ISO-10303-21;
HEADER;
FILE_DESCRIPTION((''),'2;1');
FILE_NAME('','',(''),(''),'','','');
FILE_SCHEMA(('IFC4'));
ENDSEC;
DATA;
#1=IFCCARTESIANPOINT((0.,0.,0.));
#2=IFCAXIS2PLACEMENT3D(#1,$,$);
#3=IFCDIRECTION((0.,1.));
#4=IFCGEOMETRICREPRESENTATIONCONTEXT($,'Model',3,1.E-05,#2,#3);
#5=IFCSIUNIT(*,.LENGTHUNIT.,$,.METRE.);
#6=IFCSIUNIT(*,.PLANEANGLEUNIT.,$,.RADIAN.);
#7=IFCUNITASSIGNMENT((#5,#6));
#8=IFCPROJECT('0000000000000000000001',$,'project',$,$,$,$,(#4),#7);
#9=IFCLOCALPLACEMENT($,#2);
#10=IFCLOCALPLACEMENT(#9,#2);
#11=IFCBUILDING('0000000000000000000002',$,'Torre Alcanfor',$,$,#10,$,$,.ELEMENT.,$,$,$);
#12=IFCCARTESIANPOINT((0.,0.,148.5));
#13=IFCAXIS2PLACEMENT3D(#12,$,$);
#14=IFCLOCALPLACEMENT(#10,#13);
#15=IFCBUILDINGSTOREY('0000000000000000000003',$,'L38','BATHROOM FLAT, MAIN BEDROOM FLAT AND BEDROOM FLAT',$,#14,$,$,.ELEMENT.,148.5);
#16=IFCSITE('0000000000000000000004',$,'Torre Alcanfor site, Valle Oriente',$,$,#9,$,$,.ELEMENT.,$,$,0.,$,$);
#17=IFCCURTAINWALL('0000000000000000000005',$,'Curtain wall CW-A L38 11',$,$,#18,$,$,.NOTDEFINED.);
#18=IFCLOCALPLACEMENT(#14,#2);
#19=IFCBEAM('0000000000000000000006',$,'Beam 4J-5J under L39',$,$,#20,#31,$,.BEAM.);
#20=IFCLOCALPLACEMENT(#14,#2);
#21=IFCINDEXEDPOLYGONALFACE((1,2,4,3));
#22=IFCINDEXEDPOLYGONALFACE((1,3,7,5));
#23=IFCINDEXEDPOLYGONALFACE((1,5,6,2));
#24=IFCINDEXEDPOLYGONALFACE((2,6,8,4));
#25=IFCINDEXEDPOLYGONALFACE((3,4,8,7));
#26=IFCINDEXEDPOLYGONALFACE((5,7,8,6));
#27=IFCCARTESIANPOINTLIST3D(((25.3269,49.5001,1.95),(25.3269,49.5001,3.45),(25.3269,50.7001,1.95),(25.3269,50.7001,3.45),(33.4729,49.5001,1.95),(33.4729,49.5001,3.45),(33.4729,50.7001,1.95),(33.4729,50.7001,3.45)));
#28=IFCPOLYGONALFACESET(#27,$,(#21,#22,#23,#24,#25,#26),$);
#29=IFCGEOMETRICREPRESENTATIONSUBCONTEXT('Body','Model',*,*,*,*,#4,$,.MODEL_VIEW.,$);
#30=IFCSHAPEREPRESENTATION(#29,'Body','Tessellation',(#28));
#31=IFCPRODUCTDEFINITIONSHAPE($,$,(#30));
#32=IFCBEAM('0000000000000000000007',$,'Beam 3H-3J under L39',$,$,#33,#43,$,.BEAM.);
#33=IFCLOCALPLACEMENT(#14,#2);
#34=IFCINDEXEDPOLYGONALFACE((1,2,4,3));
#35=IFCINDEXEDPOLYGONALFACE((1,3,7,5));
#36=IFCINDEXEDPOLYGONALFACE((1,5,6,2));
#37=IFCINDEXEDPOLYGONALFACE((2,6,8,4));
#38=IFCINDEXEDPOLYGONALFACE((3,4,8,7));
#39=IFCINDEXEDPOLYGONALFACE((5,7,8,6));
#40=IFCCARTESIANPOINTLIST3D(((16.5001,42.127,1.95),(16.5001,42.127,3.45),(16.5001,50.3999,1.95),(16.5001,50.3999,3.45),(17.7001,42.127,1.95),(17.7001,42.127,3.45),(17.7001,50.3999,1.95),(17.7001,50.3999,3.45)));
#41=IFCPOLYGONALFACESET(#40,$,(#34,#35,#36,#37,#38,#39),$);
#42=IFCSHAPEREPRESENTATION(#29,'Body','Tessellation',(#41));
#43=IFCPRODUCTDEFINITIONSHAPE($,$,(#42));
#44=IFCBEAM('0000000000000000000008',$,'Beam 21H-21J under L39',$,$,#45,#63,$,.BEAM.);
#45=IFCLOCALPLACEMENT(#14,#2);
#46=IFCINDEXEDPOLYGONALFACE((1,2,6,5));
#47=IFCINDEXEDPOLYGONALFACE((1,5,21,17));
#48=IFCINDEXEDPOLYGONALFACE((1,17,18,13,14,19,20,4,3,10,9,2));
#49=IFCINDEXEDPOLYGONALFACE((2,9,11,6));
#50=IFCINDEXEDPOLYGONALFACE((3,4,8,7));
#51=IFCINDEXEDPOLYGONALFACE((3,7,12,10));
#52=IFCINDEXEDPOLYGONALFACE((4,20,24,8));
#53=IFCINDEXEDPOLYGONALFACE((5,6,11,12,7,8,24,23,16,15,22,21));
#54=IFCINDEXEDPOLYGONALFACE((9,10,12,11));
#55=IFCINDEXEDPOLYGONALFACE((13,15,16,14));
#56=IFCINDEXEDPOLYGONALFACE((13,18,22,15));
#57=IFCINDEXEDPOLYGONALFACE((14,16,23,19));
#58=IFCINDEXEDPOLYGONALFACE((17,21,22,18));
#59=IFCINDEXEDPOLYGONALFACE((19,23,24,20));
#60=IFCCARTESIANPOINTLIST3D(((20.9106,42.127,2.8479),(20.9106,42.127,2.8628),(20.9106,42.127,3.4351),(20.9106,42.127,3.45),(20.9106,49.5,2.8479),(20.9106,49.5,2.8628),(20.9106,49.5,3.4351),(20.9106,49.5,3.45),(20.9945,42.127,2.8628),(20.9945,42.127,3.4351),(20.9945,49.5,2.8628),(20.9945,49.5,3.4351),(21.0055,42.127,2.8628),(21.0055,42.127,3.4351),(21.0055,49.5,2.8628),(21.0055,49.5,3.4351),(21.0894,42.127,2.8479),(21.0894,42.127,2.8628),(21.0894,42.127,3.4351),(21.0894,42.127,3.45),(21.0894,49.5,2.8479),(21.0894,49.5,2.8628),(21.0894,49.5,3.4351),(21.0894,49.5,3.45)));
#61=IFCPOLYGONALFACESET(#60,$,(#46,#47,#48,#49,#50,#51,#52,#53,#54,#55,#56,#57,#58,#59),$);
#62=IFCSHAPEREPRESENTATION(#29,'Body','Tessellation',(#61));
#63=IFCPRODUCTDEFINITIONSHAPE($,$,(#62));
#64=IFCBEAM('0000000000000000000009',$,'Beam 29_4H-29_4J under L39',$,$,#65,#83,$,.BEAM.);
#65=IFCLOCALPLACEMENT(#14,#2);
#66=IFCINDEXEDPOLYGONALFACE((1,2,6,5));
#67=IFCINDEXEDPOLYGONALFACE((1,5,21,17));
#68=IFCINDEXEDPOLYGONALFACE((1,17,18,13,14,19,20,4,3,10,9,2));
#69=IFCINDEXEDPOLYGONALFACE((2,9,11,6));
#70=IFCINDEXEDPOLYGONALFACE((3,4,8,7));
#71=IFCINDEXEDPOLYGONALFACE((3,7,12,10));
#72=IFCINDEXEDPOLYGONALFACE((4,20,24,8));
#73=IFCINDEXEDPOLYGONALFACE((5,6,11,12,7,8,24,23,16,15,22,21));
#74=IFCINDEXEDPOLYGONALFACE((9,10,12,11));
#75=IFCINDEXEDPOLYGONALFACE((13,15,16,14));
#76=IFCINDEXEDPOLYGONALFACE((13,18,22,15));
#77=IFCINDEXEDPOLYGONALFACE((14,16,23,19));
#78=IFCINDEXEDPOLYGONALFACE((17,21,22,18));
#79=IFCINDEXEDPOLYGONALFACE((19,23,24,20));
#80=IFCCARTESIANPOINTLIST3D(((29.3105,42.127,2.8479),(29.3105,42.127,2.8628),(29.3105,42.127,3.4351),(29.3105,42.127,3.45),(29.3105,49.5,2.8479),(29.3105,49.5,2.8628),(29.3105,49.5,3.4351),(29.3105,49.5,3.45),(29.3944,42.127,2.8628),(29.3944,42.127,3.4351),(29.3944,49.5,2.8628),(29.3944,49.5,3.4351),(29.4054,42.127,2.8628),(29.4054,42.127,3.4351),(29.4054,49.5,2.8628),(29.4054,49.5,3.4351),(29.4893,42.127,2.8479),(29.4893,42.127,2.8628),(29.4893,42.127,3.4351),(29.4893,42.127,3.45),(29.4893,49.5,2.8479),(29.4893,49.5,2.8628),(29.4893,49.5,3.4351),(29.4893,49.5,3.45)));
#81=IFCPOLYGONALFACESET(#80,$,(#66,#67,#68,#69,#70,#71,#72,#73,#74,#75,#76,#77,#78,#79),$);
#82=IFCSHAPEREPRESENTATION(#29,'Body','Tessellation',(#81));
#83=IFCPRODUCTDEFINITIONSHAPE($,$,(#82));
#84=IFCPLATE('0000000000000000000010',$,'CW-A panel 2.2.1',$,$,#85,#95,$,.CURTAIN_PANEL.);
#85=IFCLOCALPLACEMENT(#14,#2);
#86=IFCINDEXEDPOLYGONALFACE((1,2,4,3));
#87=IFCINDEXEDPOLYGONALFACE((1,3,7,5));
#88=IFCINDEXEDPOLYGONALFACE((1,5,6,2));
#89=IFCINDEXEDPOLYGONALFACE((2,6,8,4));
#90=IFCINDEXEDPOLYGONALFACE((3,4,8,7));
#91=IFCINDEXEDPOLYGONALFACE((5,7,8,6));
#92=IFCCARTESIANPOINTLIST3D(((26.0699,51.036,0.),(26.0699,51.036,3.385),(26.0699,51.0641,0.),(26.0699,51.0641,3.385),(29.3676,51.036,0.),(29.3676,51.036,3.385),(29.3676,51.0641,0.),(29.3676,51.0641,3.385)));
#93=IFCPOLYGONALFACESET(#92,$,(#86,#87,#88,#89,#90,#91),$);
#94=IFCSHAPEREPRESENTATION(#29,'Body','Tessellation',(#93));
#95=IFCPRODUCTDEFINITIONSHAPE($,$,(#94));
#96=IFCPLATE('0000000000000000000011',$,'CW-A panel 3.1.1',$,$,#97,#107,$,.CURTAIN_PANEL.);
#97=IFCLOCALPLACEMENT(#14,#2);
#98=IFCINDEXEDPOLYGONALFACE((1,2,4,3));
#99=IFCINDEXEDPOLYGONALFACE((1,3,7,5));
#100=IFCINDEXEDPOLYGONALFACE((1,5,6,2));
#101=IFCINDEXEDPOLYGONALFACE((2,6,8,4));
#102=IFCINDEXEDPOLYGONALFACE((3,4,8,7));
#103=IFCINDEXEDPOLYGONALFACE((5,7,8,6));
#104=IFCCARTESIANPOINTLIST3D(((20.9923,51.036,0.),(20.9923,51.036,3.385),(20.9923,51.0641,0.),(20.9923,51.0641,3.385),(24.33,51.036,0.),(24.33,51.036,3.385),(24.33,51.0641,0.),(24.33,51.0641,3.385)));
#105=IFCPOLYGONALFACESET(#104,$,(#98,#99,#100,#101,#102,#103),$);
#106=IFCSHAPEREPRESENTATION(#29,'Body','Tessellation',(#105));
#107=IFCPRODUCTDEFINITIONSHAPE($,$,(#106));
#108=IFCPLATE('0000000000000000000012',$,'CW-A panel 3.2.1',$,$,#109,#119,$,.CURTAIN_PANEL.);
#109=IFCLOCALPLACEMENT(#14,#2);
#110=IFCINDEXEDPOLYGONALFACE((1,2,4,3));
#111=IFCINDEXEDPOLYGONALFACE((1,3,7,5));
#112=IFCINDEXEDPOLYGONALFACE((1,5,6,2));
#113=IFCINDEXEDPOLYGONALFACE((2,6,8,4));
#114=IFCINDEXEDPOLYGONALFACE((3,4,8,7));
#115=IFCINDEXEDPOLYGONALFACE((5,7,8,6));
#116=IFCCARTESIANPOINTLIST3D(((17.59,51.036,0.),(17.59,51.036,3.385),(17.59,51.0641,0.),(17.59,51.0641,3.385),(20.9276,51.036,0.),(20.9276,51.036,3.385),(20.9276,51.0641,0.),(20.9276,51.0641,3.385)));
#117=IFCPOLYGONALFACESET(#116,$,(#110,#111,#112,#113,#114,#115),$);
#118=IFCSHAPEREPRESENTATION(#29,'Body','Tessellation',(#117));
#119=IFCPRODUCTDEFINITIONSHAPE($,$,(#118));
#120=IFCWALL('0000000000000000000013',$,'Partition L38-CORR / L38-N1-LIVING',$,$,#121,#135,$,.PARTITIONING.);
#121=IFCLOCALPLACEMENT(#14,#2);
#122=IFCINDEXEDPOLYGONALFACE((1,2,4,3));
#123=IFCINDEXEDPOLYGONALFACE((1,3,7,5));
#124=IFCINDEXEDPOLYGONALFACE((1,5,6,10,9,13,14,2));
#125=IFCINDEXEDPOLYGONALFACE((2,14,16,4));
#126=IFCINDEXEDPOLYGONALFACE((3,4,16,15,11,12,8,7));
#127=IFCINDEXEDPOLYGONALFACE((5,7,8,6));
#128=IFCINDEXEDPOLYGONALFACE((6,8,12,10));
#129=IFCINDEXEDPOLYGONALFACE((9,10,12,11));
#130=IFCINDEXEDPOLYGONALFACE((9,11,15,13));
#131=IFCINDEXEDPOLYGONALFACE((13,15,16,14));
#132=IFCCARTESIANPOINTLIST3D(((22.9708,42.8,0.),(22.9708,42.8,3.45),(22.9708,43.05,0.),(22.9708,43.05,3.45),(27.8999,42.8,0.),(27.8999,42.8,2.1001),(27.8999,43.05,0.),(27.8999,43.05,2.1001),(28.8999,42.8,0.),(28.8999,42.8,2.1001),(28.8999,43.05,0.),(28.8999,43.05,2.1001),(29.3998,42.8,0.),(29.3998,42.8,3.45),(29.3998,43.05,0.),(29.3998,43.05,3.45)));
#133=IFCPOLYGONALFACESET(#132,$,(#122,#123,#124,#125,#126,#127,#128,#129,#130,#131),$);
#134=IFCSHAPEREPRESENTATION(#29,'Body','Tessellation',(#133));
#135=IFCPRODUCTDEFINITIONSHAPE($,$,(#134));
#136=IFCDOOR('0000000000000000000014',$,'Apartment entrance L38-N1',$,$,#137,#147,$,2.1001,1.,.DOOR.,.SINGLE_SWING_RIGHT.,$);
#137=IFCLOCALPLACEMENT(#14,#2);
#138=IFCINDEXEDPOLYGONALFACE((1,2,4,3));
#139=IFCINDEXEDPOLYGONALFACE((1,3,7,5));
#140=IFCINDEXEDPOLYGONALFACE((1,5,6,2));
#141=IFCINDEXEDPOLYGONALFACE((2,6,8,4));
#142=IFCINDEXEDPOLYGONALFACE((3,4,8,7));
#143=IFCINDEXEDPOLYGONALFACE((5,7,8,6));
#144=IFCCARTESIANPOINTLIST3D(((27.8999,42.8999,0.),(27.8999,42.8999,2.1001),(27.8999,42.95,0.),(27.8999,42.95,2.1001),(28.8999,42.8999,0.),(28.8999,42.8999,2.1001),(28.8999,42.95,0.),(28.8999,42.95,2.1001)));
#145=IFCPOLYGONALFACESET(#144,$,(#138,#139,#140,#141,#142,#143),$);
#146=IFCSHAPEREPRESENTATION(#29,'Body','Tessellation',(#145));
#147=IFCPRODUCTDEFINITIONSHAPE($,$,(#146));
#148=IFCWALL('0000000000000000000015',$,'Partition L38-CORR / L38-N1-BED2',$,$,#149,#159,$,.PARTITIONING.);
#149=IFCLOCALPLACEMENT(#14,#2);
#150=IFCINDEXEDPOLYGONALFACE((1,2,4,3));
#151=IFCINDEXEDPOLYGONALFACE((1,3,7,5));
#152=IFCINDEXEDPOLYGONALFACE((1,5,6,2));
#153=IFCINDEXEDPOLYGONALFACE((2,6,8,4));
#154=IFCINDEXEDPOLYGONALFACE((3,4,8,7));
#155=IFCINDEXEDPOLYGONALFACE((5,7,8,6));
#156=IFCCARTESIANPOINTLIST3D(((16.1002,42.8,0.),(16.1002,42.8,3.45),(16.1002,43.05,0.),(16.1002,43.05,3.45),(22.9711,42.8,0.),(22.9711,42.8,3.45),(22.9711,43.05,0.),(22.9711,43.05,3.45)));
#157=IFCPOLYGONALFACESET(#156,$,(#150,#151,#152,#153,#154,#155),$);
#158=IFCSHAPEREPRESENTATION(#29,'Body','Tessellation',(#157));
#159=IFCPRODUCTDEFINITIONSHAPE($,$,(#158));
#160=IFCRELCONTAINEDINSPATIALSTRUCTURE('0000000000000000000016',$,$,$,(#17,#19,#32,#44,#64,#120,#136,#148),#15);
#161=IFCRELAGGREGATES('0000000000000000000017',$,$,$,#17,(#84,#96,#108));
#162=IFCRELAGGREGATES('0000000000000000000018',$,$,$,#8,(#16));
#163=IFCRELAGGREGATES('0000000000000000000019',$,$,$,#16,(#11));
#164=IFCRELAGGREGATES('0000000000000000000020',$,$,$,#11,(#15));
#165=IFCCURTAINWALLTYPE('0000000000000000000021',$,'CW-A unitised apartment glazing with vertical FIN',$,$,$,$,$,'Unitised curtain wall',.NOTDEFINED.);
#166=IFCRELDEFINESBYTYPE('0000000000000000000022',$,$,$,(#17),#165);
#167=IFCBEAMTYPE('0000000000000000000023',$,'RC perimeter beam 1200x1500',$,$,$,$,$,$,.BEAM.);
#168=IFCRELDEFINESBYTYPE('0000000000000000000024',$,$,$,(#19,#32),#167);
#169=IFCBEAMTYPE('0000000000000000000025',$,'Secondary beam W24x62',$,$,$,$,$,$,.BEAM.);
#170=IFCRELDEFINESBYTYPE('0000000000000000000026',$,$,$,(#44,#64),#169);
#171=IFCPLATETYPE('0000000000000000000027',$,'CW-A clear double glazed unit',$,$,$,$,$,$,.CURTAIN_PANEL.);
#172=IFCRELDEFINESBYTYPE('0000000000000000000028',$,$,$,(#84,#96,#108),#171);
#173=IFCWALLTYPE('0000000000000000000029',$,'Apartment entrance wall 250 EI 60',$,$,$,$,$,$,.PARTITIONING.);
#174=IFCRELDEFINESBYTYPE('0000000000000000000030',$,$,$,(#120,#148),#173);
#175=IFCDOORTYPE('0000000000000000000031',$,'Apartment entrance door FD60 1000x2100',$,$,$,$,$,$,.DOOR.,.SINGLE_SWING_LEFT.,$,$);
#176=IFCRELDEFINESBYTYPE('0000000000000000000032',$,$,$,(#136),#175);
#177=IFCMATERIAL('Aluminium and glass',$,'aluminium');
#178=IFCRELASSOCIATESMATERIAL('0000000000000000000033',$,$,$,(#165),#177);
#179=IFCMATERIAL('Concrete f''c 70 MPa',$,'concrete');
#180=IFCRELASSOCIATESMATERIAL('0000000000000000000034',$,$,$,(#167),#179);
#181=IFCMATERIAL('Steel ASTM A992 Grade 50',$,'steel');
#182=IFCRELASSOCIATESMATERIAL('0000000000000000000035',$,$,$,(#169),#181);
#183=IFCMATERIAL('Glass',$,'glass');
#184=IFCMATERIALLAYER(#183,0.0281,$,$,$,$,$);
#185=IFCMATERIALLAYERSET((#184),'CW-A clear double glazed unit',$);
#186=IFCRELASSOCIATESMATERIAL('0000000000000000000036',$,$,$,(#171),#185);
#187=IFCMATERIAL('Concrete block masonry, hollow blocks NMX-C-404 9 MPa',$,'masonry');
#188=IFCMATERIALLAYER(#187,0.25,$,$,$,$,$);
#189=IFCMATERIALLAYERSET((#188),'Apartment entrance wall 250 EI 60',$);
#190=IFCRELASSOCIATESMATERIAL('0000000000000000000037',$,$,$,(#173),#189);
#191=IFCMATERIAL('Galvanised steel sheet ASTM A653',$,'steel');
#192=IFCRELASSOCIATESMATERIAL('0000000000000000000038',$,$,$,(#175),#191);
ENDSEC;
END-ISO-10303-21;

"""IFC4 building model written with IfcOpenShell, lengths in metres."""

from ifc_helpers import new_model, si_unit, direction, frame, frame_2d, origin, origin_2d, place, context, subcontext, project, spatial, rectangle, i_section, extrude, material, layer, layer_set, material_profile, profile_set, type_object, element, fill, aggregate, save


model = new_model("IFC4")

# Units and contexts
model_context = context("Model", 3, precision=1e-05, world=origin(), true_north=direction((0.0, 1.0)))
body_context = subcontext(model_context, "Body", "Model", "MODEL_VIEW")
ifc_project = project(units=[si_unit("LENGTHUNIT", "METRE"), si_unit("PLANEANGLEUNIT", "RADIAN")], contexts=[model_context])

# Site, building, storey
site_placement = place(None, origin())
site = spatial("IfcSite", under=ifc_project, at=site_placement, Name="Torre Alcanfor site, Valle Oriente", CompositionType="ELEMENT", RefElevation=0.0)
building_placement = place(site_placement, origin())
building = spatial("IfcBuilding", under=site, at=building_placement, Name="Torre Alcanfor", CompositionType="ELEMENT")
storey_placement = place(building_placement, frame((0.0, 0.0, 148.5)))
storey = spatial("IfcBuildingStorey", under=building, at=storey_placement, Name="L38", Description="BATHROOM FLAT, MAIN BEDROOM FLAT AND BEDROOM FLAT", CompositionType="ELEMENT", Elevation=148.5)

# Curtain wall
ifc_material_1 = material(Name="Aluminium and glass", Category="aluminium")
curtain_wall_type = type_object("IfcCurtainWallType", Name="CW-A unitised apartment glazing with vertical FIN", ElementType="Unitised curtain wall", PredefinedType="NOTDEFINED", material=ifc_material_1)
curtain_wall_placement = place(storey_placement, origin())
curtain_wall = element("IfcCurtainWall", 1, at=curtain_wall_placement, inside=storey, type_object=curtain_wall_type, Name="Curtain wall CW-A L38 11", PredefinedType="NOTDEFINED")

# Beams
ifc_material_2 = material(Name="Concrete f'c 70 MPa", Category="concrete")
ifc_material_profile_1 = material_profile(ifc_material_2, rectangle(XDim=1.2, YDim=1.5, at=origin_2d()), Name="1200x1500")
ifc_profile_set_1 = profile_set([ifc_material_profile_1], Name="Concrete f'c 70 MPa")
beam_type_1 = type_object("IfcBeamType", Name="RC perimeter beam 1200x1500", PredefinedType="BEAM", material=ifc_profile_set_1)
beam_1_placement = place(storey_placement, frame((25.3269, 50.1001, 2.7), z_axis=(1.0, 0.0, 0.0), x_axis=(0.0, 1.0, 0.0)))
element("IfcBeam", 2, at=beam_1_placement, inside=storey, type_object=beam_type_1, Name="Beam 4J-5J under L39", PredefinedType="BEAM", context=body_context, shape_type="SweptSolid", body=[
    extrude(rectangle(XDim=1.2, YDim=1.5, at=origin_2d()), origin(), (0.0, 0.0, 1.0), 8.146),
])
beam_2_placement = place(storey_placement, frame((17.1001, 42.127, 2.7), z_axis=(0.0, 1.0, 0.0), x_axis=(-1.0, 0.0, 0.0)))
element("IfcBeam", 3, at=beam_2_placement, inside=storey, type_object=beam_type_1, Name="Beam 3H-3J under L39", PredefinedType="BEAM", context=body_context, shape_type="SweptSolid", body=[
    extrude(rectangle(XDim=1.2, YDim=1.5, at=origin_2d()), origin(), (0.0, 0.0, 1.0), 8.2729),
])
ifc_material_3 = material(Name="Steel ASTM A992 Grade 50", Category="steel")
ifc_material_profile_2 = material_profile(ifc_material_3, i_section(OverallWidth=0.1787, OverallDepth=0.6021, WebThickness=0.011, FlangeThickness=0.0149, at=origin_2d()), Name="W24x62")
ifc_profile_set_2 = profile_set([ifc_material_profile_2], Name="Steel ASTM A992 Grade 50")
beam_type_2 = type_object("IfcBeamType", Name="Secondary beam W24x62", PredefinedType="BEAM", material=ifc_profile_set_2)
for number, where, z_axis, x_axis, name in (
    (4, (21.0, 42.127, 3.1489), (0.0, 1.0, 0.0), (-1.0, 0.0, 0.0), "Beam 21H-21J under L39"),
    (5, (29.3999, 42.127, 3.1489), (0.0, 1.0, 0.0), (-1.0, 0.0, 0.0), "Beam 29_4H-29_4J under L39"),
):
    element("IfcBeam", number, at=place(storey_placement, frame(where, z_axis=z_axis, x_axis=x_axis)), inside=storey, type_object=beam_type_2, Name=name, PredefinedType="BEAM", context=body_context, shape_type="SweptSolid", body=[
        extrude(i_section(OverallWidth=0.1787, OverallDepth=0.6021, WebThickness=0.011, FlangeThickness=0.0149, at=origin_2d()), origin(), (0.0, 0.0, 1.0), 7.373),
    ])

# Plates
ifc_material_4 = material(Name="Glass", Category="glass")
ifc_layer_1 = layer(ifc_material_4, 0.0281)
ifc_layer_set_1 = layer_set([ifc_layer_1], Name="CW-A clear double glazed unit")
plate_type = type_object("IfcPlateType", Name="CW-A clear double glazed unit", PredefinedType="CURTAIN_PANEL", material=ifc_layer_set_1)
plate_1_placement = place(storey_placement, frame((27.7188, 51.05, 0.0), z_axis=(0.0, 0.0, 1.0), x_axis=(-1.0, 0.0, 0.0)))
plate_1 = element("IfcPlate", 6, at=plate_1_placement, type_object=plate_type, Name="CW-A panel 2.2.1", PredefinedType="CURTAIN_PANEL", context=body_context, shape_type="SweptSolid", body=[
    extrude(rectangle(XDim=3.2976, YDim=0.0281, at=origin_2d()), origin(), (0.0, 0.0, 1.0), 3.385),
])
plate_2_placement = place(storey_placement, frame((22.6611, 51.05, 0.0), z_axis=(0.0, 0.0, 1.0), x_axis=(-1.0, 0.0, 0.0)))
plate_2 = element("IfcPlate", 7, at=plate_2_placement, type_object=plate_type, Name="CW-A panel 3.1.1", PredefinedType="CURTAIN_PANEL", context=body_context, shape_type="SweptSolid", body=[
    extrude(rectangle(XDim=3.3376, YDim=0.0281, at=origin_2d()), origin(), (0.0, 0.0, 1.0), 3.385),
])
plate_3_placement = place(storey_placement, frame((19.2588, 51.05, 0.0), z_axis=(0.0, 0.0, 1.0), x_axis=(-1.0, 0.0, 0.0)))
plate_3 = element("IfcPlate", 8, at=plate_3_placement, type_object=plate_type, Name="CW-A panel 3.2.1", PredefinedType="CURTAIN_PANEL", context=body_context, shape_type="SweptSolid", body=[
    extrude(rectangle(XDim=3.3376, YDim=0.0281, at=origin_2d()), origin(), (0.0, 0.0, 1.0), 3.385),
])
aggregate(curtain_wall, [plate_1, plate_2, plate_3])

# Wall, opening, door
ifc_material_5 = material(Name="Concrete block masonry, hollow blocks NMX-C-404 9 MPa", Category="masonry")
ifc_layer_2 = layer(ifc_material_5, 0.25)
ifc_layer_set_2 = layer_set([ifc_layer_2], Name="Apartment entrance wall 250 EI 60")
wall_type_1 = type_object("IfcWallType", Name="Apartment entrance wall 250 EI 60", PredefinedType="PARTITIONING", material=ifc_layer_set_2)
wall_1_placement = place(storey_placement, frame((22.9709, 42.925, 0.0), z_axis=(0.0, 0.0, 1.0), x_axis=(1.0, 0.0, 0.0)))
wall_1 = element("IfcWall", 9, at=wall_1_placement, inside=storey, type_object=wall_type_1, Name="Partition L38-CORR / L38-N1-LIVING", PredefinedType="PARTITIONING", context=body_context, shape_type="SweptSolid", body=[
    extrude(rectangle(XDim=6.429, YDim=0.25, at=frame_2d((3.2144, 0.0))), origin(), (0.0, 0.0, 1.0), 3.45),
])
opening_1_placement = place(wall_1_placement, frame((4.929, 0.0, 0.0)))
opening_1 = element("IfcOpeningElement", 10, at=opening_1_placement, cuts=wall_1, PredefinedType="OPENING", context=body_context, shape_type="SweptSolid", body=[
    extrude(rectangle(XDim=1.0, YDim=2.1001, at=frame_2d((0.5, 1.05))), frame((0.0, 0.135, 0.0), z_axis=(0.0, -1.0, 0.0), x_axis=(1.0, 0.0, 0.0)), (0.0, 0.0, 1.0), 0.27),
])
ifc_material_6 = material(Name="Galvanised steel sheet ASTM A653", Category="steel")
door_type_1 = type_object("IfcDoorType", Name="Apartment entrance door FD60 1000x2100", OperationType="SINGLE_SWING_LEFT", PredefinedType="DOOR", material=ifc_material_6)
door_1_placement = place(opening_1_placement, origin())
door_1 = element("IfcDoor", 11, at=door_1_placement, inside=storey, type_object=door_type_1, Name="Apartment entrance L38-N1", OperationType="SINGLE_SWING_RIGHT", OverallHeight=2.1001, OverallWidth=1.0, PredefinedType="DOOR", context=body_context, shape_type="SweptSolid", body=[
    extrude(rectangle(XDim=1.0, YDim=2.1001, at=frame_2d((0.5, 1.05))), frame((0.0, 0.0249, 0.0), z_axis=(0.0, -1.0, 0.0), x_axis=(1.0, 0.0, 0.0)), (0.0, 0.0, 1.0), 0.05),
])
fill(opening_1, door_1)

# Wall
wall_2_placement = place(storey_placement, frame((16.1001, 42.925, 0.0), z_axis=(0.0, 0.0, 1.0), x_axis=(1.0, 0.0, 0.0)))
element("IfcWall", 12, at=wall_2_placement, inside=storey, type_object=wall_type_1, Name="Partition L38-CORR / L38-N1-BED2", PredefinedType="PARTITIONING", context=body_context, shape_type="SweptSolid", body=[
    extrude(rectangle(XDim=6.8708, YDim=0.25, at=frame_2d((3.4355, 0.0))), origin(), (0.0, 0.0, 1.0), 3.45),
])

save(model, "model.ifc")
